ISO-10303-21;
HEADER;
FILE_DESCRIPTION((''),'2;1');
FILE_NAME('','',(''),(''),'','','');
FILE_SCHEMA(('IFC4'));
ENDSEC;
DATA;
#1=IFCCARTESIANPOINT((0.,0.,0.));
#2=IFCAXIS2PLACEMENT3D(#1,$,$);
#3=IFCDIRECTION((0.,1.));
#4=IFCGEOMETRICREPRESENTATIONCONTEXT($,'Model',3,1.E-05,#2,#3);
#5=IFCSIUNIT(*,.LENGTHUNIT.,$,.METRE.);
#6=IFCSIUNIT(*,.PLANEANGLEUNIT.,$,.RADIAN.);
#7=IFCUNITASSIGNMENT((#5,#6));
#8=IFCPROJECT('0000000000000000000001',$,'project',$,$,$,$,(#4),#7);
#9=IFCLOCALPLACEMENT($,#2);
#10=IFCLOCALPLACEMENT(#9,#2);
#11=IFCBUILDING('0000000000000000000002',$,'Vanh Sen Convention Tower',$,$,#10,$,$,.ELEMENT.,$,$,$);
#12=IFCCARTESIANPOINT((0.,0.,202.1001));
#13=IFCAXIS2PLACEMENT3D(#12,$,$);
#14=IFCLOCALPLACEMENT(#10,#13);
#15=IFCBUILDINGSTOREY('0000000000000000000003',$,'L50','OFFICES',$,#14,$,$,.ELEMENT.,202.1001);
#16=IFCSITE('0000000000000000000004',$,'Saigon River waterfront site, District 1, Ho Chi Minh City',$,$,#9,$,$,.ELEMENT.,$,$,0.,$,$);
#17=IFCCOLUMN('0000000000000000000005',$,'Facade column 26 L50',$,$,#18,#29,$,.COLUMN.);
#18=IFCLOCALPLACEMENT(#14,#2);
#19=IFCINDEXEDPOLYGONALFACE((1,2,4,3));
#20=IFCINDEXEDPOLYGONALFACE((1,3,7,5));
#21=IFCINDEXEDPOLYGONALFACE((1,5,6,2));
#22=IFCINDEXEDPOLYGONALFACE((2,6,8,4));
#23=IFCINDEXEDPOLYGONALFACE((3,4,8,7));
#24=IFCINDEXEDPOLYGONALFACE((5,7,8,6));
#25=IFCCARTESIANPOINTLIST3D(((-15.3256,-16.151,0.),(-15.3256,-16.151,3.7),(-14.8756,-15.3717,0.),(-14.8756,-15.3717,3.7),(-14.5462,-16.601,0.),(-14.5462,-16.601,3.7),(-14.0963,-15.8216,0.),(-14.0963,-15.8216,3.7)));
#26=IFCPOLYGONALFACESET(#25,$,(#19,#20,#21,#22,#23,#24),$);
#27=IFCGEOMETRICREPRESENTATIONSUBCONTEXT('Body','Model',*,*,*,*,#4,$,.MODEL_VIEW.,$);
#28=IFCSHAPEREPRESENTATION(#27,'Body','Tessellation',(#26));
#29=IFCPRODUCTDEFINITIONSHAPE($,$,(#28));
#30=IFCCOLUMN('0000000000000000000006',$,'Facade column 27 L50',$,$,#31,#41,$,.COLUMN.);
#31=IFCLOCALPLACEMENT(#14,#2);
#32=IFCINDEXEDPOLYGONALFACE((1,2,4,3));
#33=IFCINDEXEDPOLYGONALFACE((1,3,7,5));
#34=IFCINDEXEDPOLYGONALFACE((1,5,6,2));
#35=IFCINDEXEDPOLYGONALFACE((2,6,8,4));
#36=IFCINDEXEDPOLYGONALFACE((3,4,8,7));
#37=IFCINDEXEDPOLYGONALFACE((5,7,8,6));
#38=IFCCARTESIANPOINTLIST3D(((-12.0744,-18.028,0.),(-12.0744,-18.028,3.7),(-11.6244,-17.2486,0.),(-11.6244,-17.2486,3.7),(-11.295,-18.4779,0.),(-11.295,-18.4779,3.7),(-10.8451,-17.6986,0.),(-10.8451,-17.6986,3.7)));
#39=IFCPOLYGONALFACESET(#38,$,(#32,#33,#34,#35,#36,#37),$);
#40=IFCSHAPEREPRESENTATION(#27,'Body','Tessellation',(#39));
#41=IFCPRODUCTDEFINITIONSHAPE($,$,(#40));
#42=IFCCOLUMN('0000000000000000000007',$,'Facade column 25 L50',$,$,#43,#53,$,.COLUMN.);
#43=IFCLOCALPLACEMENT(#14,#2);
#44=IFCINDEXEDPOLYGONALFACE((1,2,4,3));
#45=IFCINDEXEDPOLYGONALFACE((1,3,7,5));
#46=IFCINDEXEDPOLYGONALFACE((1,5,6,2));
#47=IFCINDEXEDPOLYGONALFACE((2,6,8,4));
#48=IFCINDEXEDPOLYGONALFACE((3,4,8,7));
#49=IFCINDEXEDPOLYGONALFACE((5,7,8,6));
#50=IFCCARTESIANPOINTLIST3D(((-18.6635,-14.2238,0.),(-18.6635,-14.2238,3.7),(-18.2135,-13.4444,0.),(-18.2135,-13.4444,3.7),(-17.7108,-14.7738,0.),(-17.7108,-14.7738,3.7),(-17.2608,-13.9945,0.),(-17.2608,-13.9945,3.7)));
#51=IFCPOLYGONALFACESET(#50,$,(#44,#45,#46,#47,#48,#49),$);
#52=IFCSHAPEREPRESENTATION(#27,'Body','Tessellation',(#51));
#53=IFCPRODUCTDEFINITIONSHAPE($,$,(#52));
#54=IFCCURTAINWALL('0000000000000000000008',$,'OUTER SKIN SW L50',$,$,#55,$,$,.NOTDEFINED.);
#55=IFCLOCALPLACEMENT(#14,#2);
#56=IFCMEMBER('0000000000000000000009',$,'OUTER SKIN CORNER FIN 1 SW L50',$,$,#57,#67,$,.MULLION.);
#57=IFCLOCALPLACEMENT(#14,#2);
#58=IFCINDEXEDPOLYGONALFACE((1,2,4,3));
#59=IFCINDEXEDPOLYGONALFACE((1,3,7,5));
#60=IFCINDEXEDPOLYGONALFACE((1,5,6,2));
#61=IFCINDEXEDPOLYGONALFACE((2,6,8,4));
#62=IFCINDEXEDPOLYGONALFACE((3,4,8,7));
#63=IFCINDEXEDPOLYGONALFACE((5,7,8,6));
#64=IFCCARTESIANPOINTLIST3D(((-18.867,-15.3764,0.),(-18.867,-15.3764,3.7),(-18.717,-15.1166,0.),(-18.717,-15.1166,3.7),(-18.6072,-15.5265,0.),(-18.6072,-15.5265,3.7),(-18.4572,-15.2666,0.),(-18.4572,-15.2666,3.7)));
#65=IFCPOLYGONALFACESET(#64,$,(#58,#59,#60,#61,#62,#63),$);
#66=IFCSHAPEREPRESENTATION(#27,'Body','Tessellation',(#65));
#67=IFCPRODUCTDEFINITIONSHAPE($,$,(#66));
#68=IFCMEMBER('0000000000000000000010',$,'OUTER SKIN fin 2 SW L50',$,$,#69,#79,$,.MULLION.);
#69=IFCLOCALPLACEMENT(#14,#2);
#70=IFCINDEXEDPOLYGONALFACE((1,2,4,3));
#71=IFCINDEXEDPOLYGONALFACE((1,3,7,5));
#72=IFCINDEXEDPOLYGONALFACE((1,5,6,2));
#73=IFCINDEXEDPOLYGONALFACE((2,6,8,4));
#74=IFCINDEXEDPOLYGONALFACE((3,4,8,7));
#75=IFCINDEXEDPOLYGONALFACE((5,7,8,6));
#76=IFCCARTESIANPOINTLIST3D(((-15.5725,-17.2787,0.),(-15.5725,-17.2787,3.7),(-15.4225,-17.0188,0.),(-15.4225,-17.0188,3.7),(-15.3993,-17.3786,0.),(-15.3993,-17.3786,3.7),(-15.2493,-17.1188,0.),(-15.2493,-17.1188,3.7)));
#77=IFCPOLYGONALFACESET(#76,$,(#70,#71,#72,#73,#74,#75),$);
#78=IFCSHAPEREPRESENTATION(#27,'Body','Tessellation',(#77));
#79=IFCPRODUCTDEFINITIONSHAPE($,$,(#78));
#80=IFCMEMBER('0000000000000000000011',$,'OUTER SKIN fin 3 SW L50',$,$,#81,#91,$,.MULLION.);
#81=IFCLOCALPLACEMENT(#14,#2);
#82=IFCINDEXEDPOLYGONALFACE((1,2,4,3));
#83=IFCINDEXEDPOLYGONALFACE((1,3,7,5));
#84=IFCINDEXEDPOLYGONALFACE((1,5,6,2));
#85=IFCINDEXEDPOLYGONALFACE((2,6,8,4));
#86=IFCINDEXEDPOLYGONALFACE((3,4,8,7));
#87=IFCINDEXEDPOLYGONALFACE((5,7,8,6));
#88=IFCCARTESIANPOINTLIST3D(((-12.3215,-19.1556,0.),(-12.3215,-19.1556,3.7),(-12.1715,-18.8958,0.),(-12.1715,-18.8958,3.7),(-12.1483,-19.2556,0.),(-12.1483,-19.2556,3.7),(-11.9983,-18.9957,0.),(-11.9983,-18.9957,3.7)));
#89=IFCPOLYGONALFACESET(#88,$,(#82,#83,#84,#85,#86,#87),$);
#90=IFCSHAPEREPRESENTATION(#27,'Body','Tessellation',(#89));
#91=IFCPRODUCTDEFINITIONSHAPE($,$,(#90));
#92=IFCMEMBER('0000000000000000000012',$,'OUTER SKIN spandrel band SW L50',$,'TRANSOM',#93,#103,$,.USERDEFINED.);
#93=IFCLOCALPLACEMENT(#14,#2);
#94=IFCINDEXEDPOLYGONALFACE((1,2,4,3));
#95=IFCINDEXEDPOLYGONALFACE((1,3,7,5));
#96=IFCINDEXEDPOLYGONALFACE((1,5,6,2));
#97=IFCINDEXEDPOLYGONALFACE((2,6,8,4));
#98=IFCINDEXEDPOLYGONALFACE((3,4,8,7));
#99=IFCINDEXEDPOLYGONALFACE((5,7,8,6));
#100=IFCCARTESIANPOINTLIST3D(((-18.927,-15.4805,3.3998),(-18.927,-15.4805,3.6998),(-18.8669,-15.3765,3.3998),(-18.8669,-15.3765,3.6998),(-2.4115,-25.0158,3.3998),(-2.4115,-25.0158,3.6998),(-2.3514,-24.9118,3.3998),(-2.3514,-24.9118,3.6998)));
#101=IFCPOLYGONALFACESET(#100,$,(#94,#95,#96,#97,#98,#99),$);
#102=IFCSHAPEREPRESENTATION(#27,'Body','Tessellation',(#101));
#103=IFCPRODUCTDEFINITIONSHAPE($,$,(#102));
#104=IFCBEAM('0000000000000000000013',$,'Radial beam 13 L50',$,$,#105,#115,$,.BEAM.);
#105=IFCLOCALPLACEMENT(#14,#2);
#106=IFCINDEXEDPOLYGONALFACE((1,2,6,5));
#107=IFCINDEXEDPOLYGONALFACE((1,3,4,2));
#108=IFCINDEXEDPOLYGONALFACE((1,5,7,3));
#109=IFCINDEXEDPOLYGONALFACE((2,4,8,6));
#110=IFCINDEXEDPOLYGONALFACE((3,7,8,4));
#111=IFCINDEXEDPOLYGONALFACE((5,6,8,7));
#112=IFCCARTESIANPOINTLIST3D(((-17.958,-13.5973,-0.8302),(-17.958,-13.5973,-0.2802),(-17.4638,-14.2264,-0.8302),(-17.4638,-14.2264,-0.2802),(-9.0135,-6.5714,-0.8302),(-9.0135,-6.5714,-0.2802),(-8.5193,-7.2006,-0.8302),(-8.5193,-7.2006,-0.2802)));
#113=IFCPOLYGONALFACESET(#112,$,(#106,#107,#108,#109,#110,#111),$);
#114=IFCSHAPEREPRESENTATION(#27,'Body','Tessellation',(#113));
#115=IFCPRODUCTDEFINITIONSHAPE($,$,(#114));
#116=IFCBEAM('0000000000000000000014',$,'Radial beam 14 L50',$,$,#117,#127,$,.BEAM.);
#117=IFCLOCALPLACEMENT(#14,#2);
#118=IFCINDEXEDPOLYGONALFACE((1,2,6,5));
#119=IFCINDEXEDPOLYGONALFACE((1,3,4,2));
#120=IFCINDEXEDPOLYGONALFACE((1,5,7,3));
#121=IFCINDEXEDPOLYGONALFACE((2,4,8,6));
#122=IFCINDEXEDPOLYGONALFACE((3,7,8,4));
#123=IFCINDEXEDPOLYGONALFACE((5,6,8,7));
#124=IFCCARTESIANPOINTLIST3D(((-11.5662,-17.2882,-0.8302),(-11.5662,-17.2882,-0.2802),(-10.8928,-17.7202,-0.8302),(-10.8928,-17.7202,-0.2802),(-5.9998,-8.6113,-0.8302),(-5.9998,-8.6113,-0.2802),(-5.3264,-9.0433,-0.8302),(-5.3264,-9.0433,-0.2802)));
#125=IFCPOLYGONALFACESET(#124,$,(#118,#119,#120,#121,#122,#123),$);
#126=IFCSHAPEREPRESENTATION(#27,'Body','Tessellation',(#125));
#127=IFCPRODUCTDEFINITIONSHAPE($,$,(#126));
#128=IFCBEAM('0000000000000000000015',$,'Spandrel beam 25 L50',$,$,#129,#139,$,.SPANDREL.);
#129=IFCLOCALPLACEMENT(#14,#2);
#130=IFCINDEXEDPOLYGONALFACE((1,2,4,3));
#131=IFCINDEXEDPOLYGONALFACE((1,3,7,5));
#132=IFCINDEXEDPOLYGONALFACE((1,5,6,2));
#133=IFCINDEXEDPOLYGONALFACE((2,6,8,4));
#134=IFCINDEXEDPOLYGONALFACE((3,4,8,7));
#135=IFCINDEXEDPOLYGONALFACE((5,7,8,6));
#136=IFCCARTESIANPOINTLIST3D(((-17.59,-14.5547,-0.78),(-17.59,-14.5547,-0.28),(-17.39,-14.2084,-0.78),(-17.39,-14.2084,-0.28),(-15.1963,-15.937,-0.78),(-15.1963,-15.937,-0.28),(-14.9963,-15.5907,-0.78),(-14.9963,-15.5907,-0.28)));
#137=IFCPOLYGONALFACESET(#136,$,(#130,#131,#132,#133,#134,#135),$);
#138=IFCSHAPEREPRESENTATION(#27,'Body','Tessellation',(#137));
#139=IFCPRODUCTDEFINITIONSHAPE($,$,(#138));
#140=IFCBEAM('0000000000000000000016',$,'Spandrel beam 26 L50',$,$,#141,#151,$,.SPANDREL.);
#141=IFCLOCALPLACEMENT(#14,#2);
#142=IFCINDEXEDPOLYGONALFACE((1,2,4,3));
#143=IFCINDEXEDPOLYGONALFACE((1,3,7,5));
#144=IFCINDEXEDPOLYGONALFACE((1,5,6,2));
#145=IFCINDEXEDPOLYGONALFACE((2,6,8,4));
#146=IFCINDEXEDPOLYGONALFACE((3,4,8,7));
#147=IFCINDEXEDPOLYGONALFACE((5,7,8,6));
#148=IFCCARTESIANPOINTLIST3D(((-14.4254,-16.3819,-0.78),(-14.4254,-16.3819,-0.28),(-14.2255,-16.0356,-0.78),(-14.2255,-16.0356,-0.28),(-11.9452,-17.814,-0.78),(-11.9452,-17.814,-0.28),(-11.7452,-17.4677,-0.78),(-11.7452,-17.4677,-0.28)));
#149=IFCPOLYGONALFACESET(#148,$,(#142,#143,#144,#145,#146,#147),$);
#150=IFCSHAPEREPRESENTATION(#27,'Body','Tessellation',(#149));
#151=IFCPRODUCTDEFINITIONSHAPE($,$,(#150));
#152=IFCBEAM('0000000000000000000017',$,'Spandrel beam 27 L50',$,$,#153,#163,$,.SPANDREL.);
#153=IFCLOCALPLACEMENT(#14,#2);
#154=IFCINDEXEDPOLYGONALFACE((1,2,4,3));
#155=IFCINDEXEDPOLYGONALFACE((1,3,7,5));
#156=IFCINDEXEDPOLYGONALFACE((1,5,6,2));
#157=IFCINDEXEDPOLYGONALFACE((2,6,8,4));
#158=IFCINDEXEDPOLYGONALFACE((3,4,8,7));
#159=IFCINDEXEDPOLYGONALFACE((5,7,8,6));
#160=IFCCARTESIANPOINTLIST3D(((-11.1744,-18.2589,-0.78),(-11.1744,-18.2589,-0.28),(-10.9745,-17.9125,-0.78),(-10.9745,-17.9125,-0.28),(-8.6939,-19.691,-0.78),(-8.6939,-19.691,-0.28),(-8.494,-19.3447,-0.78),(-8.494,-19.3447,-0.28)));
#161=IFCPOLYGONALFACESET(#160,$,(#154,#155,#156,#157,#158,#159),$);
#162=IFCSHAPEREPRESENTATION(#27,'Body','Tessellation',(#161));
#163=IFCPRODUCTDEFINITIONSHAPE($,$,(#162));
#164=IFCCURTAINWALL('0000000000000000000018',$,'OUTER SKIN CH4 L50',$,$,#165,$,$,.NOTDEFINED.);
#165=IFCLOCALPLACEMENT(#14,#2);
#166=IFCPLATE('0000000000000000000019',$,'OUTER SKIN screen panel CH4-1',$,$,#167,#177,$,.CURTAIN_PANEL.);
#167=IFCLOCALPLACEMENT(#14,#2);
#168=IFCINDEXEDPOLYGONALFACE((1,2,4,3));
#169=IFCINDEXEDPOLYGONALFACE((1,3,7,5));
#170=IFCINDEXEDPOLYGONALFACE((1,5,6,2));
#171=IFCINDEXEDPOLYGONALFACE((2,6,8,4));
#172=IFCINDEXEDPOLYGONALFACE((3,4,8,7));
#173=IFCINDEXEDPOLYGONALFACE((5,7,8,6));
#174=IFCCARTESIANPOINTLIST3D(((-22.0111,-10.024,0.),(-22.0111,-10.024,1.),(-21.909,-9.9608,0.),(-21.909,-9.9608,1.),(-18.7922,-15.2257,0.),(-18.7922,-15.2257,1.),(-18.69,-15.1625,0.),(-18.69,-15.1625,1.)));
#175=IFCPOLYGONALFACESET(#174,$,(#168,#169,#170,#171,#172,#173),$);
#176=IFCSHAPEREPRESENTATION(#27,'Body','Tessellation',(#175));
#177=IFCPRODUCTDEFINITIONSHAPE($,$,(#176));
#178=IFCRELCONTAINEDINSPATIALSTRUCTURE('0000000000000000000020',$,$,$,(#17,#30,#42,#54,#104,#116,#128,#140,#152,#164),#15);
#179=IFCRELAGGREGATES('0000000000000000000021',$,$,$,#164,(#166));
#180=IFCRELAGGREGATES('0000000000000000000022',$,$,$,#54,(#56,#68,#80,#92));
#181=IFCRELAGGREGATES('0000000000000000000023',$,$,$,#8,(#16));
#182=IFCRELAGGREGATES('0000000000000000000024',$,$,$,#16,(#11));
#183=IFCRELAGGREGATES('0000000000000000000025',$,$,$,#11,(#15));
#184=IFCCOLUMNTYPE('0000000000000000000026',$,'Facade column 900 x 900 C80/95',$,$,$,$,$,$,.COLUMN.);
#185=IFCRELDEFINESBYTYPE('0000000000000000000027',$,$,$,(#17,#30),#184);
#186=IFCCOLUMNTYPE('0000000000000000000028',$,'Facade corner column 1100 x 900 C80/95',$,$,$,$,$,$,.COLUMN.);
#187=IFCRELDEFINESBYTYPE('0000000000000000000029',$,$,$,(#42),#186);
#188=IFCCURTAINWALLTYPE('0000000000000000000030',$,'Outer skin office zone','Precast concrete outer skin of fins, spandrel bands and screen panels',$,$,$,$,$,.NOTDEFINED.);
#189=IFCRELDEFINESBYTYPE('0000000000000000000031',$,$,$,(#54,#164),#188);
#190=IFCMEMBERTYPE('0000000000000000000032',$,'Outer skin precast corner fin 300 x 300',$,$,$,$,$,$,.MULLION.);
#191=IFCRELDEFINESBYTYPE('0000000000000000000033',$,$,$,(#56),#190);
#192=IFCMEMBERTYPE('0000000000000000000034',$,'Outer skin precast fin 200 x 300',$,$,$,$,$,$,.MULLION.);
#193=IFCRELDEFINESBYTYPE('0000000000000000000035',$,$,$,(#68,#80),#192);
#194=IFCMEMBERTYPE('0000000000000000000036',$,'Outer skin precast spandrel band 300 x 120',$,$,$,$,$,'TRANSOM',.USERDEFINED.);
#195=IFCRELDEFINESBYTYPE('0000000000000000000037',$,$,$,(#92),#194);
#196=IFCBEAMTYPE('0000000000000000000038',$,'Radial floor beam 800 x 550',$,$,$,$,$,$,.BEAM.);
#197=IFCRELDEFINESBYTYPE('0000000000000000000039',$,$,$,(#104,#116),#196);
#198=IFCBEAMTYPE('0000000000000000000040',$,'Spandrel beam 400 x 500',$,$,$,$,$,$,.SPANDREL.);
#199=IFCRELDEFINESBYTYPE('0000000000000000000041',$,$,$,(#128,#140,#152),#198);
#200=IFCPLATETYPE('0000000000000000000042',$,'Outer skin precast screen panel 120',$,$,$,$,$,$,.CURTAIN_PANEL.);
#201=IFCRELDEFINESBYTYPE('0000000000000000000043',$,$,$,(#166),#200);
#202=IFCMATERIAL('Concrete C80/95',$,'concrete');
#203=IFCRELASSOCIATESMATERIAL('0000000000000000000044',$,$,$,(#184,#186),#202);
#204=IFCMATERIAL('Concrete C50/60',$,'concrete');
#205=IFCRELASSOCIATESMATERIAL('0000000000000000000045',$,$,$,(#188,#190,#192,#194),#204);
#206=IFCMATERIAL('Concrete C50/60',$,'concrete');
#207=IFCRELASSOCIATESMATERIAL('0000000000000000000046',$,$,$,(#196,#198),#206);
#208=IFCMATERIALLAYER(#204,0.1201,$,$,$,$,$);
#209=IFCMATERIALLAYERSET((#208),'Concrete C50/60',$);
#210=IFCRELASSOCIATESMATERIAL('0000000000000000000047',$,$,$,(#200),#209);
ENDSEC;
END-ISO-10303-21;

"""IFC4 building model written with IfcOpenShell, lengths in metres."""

from ifc_helpers import new_model, si_unit, direction, frame, origin, origin_2d, place, context, subcontext, project, spatial, rectangle, extrude, material, layer, layer_set, material_profile, profile_set, type_object, element, aggregate, save


model = new_model("IFC4")

# Units and contexts
model_context = context("Model", 3, precision=1e-05, world=origin(), true_north=direction((0.0, 1.0)))
body_context = subcontext(model_context, "Body", "Model", "MODEL_VIEW")
ifc_project = project(units=[si_unit("LENGTHUNIT", "METRE"), si_unit("PLANEANGLEUNIT", "RADIAN")], contexts=[model_context])

# Site, building, storey
site_placement = place(None, origin())
site = spatial("IfcSite", under=ifc_project, at=site_placement, Name="Saigon River waterfront site, District 1, Ho Chi Minh City", CompositionType="ELEMENT", RefElevation=0.0)
building_placement = place(site_placement, origin())
building = spatial("IfcBuilding", under=site, at=building_placement, Name="Vanh Sen Convention Tower", CompositionType="ELEMENT")
storey_placement = place(building_placement, frame((0.0, 0.0, 202.1001)))
storey = spatial("IfcBuildingStorey", under=building, at=storey_placement, Name="L50", Description="OFFICES", CompositionType="ELEMENT", Elevation=202.1001)

# Columns
ifc_material_1 = material(Name="Concrete C80/95", Category="concrete")
ifc_material_profile_1 = material_profile(ifc_material_1, rectangle(XDim=0.8999, YDim=0.8999, at=origin_2d()), Name="RC 900X900")
ifc_profile_set_1 = profile_set([ifc_material_profile_1], Name="Concrete C80/95")
column_type_1 = type_object("IfcColumnType", Name="Facade column 900 x 900 C80/95", PredefinedType="COLUMN", material=ifc_profile_set_1)
for number, where, z_axis, x_axis, name in (
    (1, (-14.7109, -15.9863, 0.0), (0.0, 0.0, 1.0), (0.866025, -0.5, 0.0), "Facade column 26 L50"),
    (2, (-11.4597, -17.8633, 0.0), (0.0, 0.0, 1.0), (0.866025, -0.5, 0.0), "Facade column 27 L50"),
):
    element("IfcColumn", number, at=place(storey_placement, frame(where, z_axis=z_axis, x_axis=x_axis)), inside=storey, type_object=column_type_1, Name=name, PredefinedType="COLUMN", context=body_context, shape_type="SweptSolid", body=[
        extrude(rectangle(XDim=0.8999, YDim=0.8999, at=origin_2d()), origin(), (0.0, 0.0, 1.0), 3.7),
    ])
ifc_material_profile_2 = material_profile(ifc_material_1, rectangle(XDim=1.1001, YDim=0.8999, at=origin_2d()), Name="RC 1100X900")
ifc_profile_set_2 = profile_set([ifc_material_profile_2], Name="Concrete C80/95")
column_type_2 = type_object("IfcColumnType", Name="Facade corner column 1100 x 900 C80/95", PredefinedType="COLUMN", material=ifc_profile_set_2)
column_placement = place(storey_placement, frame((-17.9622, -14.1091, 0.0), z_axis=(0.0, 0.0, 1.0), x_axis=(0.866025, -0.5, 0.0)))
element("IfcColumn", 3, at=column_placement, inside=storey, type_object=column_type_2, Name="Facade column 25 L50", PredefinedType="COLUMN", context=body_context, shape_type="SweptSolid", body=[
    extrude(rectangle(XDim=1.1001, YDim=0.8999, at=origin_2d()), origin(), (0.0, 0.0, 1.0), 3.7),
])

# Curtain wall, members
ifc_material_2 = material(Name="Concrete C50/60", Category="concrete")
curtain_wall_type = type_object("IfcCurtainWallType", Name="Outer skin office zone", Description="Precast concrete outer skin of fins, spandrel bands and screen panels", PredefinedType="NOTDEFINED", material=ifc_material_2)
curtain_wall_1_placement = place(storey_placement, origin())
curtain_wall_1 = element("IfcCurtainWall", 4, at=curtain_wall_1_placement, inside=storey, type_object=curtain_wall_type, Name="OUTER SKIN SW L50", PredefinedType="NOTDEFINED")
ifc_material_profile_3 = material_profile(ifc_material_2, rectangle(XDim=0.3, YDim=0.3, at=origin_2d()), Name="Outer skin precast corner fin 300 x 300")
ifc_profile_set_3 = profile_set([ifc_material_profile_3], Name="Concrete C50/60")
member_type_1 = type_object("IfcMemberType", Name="Outer skin precast corner fin 300 x 300", PredefinedType="MULLION", material=ifc_profile_set_3)
member_1_placement = place(storey_placement, frame((-18.6621, -15.3215, 0.0), z_axis=(0.0, 0.0, 1.0), x_axis=(0.866025, -0.5, 0.0)))
member_1 = element("IfcMember", 5, at=member_1_placement, type_object=member_type_1, Name="OUTER SKIN CORNER FIN 1 SW L50", PredefinedType="MULLION", context=body_context, shape_type="SweptSolid", body=[
    extrude(rectangle(XDim=0.3, YDim=0.3, at=origin_2d()), origin(), (0.0, 0.0, 1.0), 3.7),
])
ifc_material_profile_4 = material_profile(ifc_material_2, rectangle(XDim=0.2, YDim=0.3, at=origin_2d()), Name="Outer skin precast fin 200 x 300")
ifc_profile_set_4 = profile_set([ifc_material_profile_4], Name="Concrete C50/60")
member_type_2 = type_object("IfcMemberType", Name="Outer skin precast fin 200 x 300", PredefinedType="MULLION", material=ifc_profile_set_4)
member_2_placement = place(storey_placement, frame((-15.4109, -17.1987, 0.0), z_axis=(0.0, 0.0, 1.0), x_axis=(0.866025, -0.5, 0.0)))
member_2 = element("IfcMember", 6, at=member_2_placement, type_object=member_type_2, Name="OUTER SKIN fin 2 SW L50", PredefinedType="MULLION", context=body_context, shape_type="SweptSolid", body=[
    extrude(rectangle(XDim=0.2, YDim=0.3, at=origin_2d()), origin(), (0.0, 0.0, 1.0), 3.7),
])
member_3_placement = place(storey_placement, frame((-12.1599, -19.0757, 0.0), z_axis=(0.0, 0.0, 1.0), x_axis=(0.866025, -0.5, 0.0)))
member_3 = element("IfcMember", 7, at=member_3_placement, type_object=member_type_2, Name="OUTER SKIN fin 3 SW L50", PredefinedType="MULLION", context=body_context, shape_type="SweptSolid", body=[
    extrude(rectangle(XDim=0.2, YDim=0.3, at=origin_2d()), origin(), (0.0, 0.0, 1.0), 3.7),
])
ifc_material_profile_5 = material_profile(ifc_material_2, rectangle(XDim=0.1201, YDim=0.3, at=origin_2d()), Name="Outer skin precast spandrel band 300 x 120")
ifc_profile_set_5 = profile_set([ifc_material_profile_5], Name="Concrete C50/60")
member_type_3 = type_object("IfcMemberType", Name="Outer skin precast spandrel band 300 x 120", ElementType="TRANSOM", PredefinedType="USERDEFINED", material=ifc_profile_set_5)
member_4_placement = place(storey_placement, frame((-18.897, -15.4285, 3.5498), z_axis=(0.866023, -0.500004, 0.0), x_axis=(0.500004, 0.866023, 0.0)))
member_4 = element("IfcMember", 8, at=member_4_placement, type_object=member_type_3, Name="OUTER SKIN spandrel band SW L50", ObjectType="TRANSOM", PredefinedType="USERDEFINED", context=body_context, shape_type="SweptSolid", body=[
    extrude(rectangle(XDim=0.1201, YDim=0.3, at=origin_2d()), origin(), (0.0, 0.0, 1.0), 19.0706),
])

# Beams
ifc_material_3 = material(Name="Concrete C50/60", Category="concrete")
ifc_material_profile_6 = material_profile(ifc_material_3, rectangle(XDim=0.8, YDim=0.55, at=origin_2d()), Name="RC 800X550")
ifc_profile_set_6 = profile_set([ifc_material_profile_6], Name="Concrete C50/60")
beam_type_1 = type_object("IfcBeamType", Name="Radial floor beam 800 x 550", PredefinedType="BEAM", material=ifc_profile_set_6)
beam_1_placement = place(storey_placement, frame((-17.7109, -13.9119, -0.5552), z_axis=(0.786404, 0.617713, 0.0), x_axis=(-0.617713, 0.786404, 0.0)))
element("IfcBeam", 9, at=beam_1_placement, inside=storey, type_object=beam_type_1, Name="Radial beam 13 L50", PredefinedType="BEAM", context=body_context, shape_type="SweptSolid", body=[
    extrude(rectangle(XDim=0.8, YDim=0.55, at=origin_2d()), origin(), (0.0, 0.0, 1.0), 11.374),
])
beam_2_placement = place(storey_placement, frame((-11.2295, -17.5042, -0.5552), z_axis=(0.539967, 0.841686, 0.0), x_axis=(-0.841686, 0.539967, 0.0)))
element("IfcBeam", 10, at=beam_2_placement, inside=storey, type_object=beam_type_1, Name="Radial beam 14 L50", PredefinedType="BEAM", context=body_context, shape_type="SweptSolid", body=[
    extrude(rectangle(XDim=0.8, YDim=0.55, at=origin_2d()), origin(), (0.0, 0.0, 1.0), 10.3088),
])
ifc_material_profile_7 = material_profile(ifc_material_3, rectangle(XDim=0.3999, YDim=0.5, at=origin_2d()), Name="RC 400X500")
ifc_profile_set_7 = profile_set([ifc_material_profile_7], Name="Concrete C50/60")
beam_type_2 = type_object("IfcBeamType", Name="Spandrel beam 400 x 500", PredefinedType="SPANDREL", material=ifc_profile_set_7)
beam_3_placement = place(storey_placement, frame((-17.49, -14.3816, -0.53), z_axis=(0.865984, -0.500072, 0.0), x_axis=(0.500072, 0.865984, 0.0)))
element("IfcBeam", 11, at=beam_3_placement, inside=storey, type_object=beam_type_2, Name="Spandrel beam 25 L50", PredefinedType="SPANDREL", context=body_context, shape_type="SweptSolid", body=[
    extrude(rectangle(XDim=0.3999, YDim=0.5, at=origin_2d()), origin(), (0.0, 0.0, 1.0), 2.7642),
])
beam_4_placement = place(storey_placement, frame((-14.3254, -16.2087, -0.53), z_axis=(0.866, -0.500045, 0.0), x_axis=(0.500045, 0.866, 0.0)))
element("IfcBeam", 12, at=beam_4_placement, inside=storey, type_object=beam_type_2, Name="Spandrel beam 26 L50", PredefinedType="SPANDREL", context=body_context, shape_type="SweptSolid", body=[
    extrude(rectangle(XDim=0.3999, YDim=0.5, at=origin_2d()), origin(), (0.0, 0.0, 1.0), 2.864),
])
beam_5_placement = place(storey_placement, frame((-11.0745, -18.0857, -0.53), z_axis=(0.866021, -0.500008, 0.0), x_axis=(0.500008, 0.866021, 0.0)))
element("IfcBeam", 13, at=beam_5_placement, inside=storey, type_object=beam_type_2, Name="Spandrel beam 27 L50", PredefinedType="SPANDREL", context=body_context, shape_type="SweptSolid", body=[
    extrude(rectangle(XDim=0.3999, YDim=0.5, at=origin_2d()), origin(), (0.0, 0.0, 1.0), 2.8643),
])

# Curtain wall, plate
curtain_wall_2_placement = place(storey_placement, origin())
curtain_wall_2 = element("IfcCurtainWall", 14, at=curtain_wall_2_placement, inside=storey, type_object=curtain_wall_type, Name="OUTER SKIN CH4 L50", PredefinedType="NOTDEFINED")
ifc_layer_1 = layer(ifc_material_2, 0.1201)
ifc_layer_set_1 = layer_set([ifc_layer_1], Name="Concrete C50/60")
plate_type = type_object("IfcPlateType", Name="Outer skin precast screen panel 120", PredefinedType="CURTAIN_PANEL", material=ifc_layer_set_1)
plate_1_placement = place(storey_placement, frame((-20.3506, -12.5933, 0.0), z_axis=(0.0, 0.0, 1.0), x_axis=(0.526218, -0.850349, 0.0)))
plate_1 = element("IfcPlate", 15, at=plate_1_placement, type_object=plate_type, Name="OUTER SKIN screen panel CH4-1", PredefinedType="CURTAIN_PANEL", context=body_context, shape_type="SweptSolid", body=[
    extrude(rectangle(XDim=6.1172, YDim=0.1201, at=origin_2d()), origin(), (0.0, 0.0, 1.0), 1.0),
])
aggregate(curtain_wall_2, [plate_1])

aggregate(curtain_wall_1, [member_1, member_2, member_3, member_4])

save(model, "model.ifc")
